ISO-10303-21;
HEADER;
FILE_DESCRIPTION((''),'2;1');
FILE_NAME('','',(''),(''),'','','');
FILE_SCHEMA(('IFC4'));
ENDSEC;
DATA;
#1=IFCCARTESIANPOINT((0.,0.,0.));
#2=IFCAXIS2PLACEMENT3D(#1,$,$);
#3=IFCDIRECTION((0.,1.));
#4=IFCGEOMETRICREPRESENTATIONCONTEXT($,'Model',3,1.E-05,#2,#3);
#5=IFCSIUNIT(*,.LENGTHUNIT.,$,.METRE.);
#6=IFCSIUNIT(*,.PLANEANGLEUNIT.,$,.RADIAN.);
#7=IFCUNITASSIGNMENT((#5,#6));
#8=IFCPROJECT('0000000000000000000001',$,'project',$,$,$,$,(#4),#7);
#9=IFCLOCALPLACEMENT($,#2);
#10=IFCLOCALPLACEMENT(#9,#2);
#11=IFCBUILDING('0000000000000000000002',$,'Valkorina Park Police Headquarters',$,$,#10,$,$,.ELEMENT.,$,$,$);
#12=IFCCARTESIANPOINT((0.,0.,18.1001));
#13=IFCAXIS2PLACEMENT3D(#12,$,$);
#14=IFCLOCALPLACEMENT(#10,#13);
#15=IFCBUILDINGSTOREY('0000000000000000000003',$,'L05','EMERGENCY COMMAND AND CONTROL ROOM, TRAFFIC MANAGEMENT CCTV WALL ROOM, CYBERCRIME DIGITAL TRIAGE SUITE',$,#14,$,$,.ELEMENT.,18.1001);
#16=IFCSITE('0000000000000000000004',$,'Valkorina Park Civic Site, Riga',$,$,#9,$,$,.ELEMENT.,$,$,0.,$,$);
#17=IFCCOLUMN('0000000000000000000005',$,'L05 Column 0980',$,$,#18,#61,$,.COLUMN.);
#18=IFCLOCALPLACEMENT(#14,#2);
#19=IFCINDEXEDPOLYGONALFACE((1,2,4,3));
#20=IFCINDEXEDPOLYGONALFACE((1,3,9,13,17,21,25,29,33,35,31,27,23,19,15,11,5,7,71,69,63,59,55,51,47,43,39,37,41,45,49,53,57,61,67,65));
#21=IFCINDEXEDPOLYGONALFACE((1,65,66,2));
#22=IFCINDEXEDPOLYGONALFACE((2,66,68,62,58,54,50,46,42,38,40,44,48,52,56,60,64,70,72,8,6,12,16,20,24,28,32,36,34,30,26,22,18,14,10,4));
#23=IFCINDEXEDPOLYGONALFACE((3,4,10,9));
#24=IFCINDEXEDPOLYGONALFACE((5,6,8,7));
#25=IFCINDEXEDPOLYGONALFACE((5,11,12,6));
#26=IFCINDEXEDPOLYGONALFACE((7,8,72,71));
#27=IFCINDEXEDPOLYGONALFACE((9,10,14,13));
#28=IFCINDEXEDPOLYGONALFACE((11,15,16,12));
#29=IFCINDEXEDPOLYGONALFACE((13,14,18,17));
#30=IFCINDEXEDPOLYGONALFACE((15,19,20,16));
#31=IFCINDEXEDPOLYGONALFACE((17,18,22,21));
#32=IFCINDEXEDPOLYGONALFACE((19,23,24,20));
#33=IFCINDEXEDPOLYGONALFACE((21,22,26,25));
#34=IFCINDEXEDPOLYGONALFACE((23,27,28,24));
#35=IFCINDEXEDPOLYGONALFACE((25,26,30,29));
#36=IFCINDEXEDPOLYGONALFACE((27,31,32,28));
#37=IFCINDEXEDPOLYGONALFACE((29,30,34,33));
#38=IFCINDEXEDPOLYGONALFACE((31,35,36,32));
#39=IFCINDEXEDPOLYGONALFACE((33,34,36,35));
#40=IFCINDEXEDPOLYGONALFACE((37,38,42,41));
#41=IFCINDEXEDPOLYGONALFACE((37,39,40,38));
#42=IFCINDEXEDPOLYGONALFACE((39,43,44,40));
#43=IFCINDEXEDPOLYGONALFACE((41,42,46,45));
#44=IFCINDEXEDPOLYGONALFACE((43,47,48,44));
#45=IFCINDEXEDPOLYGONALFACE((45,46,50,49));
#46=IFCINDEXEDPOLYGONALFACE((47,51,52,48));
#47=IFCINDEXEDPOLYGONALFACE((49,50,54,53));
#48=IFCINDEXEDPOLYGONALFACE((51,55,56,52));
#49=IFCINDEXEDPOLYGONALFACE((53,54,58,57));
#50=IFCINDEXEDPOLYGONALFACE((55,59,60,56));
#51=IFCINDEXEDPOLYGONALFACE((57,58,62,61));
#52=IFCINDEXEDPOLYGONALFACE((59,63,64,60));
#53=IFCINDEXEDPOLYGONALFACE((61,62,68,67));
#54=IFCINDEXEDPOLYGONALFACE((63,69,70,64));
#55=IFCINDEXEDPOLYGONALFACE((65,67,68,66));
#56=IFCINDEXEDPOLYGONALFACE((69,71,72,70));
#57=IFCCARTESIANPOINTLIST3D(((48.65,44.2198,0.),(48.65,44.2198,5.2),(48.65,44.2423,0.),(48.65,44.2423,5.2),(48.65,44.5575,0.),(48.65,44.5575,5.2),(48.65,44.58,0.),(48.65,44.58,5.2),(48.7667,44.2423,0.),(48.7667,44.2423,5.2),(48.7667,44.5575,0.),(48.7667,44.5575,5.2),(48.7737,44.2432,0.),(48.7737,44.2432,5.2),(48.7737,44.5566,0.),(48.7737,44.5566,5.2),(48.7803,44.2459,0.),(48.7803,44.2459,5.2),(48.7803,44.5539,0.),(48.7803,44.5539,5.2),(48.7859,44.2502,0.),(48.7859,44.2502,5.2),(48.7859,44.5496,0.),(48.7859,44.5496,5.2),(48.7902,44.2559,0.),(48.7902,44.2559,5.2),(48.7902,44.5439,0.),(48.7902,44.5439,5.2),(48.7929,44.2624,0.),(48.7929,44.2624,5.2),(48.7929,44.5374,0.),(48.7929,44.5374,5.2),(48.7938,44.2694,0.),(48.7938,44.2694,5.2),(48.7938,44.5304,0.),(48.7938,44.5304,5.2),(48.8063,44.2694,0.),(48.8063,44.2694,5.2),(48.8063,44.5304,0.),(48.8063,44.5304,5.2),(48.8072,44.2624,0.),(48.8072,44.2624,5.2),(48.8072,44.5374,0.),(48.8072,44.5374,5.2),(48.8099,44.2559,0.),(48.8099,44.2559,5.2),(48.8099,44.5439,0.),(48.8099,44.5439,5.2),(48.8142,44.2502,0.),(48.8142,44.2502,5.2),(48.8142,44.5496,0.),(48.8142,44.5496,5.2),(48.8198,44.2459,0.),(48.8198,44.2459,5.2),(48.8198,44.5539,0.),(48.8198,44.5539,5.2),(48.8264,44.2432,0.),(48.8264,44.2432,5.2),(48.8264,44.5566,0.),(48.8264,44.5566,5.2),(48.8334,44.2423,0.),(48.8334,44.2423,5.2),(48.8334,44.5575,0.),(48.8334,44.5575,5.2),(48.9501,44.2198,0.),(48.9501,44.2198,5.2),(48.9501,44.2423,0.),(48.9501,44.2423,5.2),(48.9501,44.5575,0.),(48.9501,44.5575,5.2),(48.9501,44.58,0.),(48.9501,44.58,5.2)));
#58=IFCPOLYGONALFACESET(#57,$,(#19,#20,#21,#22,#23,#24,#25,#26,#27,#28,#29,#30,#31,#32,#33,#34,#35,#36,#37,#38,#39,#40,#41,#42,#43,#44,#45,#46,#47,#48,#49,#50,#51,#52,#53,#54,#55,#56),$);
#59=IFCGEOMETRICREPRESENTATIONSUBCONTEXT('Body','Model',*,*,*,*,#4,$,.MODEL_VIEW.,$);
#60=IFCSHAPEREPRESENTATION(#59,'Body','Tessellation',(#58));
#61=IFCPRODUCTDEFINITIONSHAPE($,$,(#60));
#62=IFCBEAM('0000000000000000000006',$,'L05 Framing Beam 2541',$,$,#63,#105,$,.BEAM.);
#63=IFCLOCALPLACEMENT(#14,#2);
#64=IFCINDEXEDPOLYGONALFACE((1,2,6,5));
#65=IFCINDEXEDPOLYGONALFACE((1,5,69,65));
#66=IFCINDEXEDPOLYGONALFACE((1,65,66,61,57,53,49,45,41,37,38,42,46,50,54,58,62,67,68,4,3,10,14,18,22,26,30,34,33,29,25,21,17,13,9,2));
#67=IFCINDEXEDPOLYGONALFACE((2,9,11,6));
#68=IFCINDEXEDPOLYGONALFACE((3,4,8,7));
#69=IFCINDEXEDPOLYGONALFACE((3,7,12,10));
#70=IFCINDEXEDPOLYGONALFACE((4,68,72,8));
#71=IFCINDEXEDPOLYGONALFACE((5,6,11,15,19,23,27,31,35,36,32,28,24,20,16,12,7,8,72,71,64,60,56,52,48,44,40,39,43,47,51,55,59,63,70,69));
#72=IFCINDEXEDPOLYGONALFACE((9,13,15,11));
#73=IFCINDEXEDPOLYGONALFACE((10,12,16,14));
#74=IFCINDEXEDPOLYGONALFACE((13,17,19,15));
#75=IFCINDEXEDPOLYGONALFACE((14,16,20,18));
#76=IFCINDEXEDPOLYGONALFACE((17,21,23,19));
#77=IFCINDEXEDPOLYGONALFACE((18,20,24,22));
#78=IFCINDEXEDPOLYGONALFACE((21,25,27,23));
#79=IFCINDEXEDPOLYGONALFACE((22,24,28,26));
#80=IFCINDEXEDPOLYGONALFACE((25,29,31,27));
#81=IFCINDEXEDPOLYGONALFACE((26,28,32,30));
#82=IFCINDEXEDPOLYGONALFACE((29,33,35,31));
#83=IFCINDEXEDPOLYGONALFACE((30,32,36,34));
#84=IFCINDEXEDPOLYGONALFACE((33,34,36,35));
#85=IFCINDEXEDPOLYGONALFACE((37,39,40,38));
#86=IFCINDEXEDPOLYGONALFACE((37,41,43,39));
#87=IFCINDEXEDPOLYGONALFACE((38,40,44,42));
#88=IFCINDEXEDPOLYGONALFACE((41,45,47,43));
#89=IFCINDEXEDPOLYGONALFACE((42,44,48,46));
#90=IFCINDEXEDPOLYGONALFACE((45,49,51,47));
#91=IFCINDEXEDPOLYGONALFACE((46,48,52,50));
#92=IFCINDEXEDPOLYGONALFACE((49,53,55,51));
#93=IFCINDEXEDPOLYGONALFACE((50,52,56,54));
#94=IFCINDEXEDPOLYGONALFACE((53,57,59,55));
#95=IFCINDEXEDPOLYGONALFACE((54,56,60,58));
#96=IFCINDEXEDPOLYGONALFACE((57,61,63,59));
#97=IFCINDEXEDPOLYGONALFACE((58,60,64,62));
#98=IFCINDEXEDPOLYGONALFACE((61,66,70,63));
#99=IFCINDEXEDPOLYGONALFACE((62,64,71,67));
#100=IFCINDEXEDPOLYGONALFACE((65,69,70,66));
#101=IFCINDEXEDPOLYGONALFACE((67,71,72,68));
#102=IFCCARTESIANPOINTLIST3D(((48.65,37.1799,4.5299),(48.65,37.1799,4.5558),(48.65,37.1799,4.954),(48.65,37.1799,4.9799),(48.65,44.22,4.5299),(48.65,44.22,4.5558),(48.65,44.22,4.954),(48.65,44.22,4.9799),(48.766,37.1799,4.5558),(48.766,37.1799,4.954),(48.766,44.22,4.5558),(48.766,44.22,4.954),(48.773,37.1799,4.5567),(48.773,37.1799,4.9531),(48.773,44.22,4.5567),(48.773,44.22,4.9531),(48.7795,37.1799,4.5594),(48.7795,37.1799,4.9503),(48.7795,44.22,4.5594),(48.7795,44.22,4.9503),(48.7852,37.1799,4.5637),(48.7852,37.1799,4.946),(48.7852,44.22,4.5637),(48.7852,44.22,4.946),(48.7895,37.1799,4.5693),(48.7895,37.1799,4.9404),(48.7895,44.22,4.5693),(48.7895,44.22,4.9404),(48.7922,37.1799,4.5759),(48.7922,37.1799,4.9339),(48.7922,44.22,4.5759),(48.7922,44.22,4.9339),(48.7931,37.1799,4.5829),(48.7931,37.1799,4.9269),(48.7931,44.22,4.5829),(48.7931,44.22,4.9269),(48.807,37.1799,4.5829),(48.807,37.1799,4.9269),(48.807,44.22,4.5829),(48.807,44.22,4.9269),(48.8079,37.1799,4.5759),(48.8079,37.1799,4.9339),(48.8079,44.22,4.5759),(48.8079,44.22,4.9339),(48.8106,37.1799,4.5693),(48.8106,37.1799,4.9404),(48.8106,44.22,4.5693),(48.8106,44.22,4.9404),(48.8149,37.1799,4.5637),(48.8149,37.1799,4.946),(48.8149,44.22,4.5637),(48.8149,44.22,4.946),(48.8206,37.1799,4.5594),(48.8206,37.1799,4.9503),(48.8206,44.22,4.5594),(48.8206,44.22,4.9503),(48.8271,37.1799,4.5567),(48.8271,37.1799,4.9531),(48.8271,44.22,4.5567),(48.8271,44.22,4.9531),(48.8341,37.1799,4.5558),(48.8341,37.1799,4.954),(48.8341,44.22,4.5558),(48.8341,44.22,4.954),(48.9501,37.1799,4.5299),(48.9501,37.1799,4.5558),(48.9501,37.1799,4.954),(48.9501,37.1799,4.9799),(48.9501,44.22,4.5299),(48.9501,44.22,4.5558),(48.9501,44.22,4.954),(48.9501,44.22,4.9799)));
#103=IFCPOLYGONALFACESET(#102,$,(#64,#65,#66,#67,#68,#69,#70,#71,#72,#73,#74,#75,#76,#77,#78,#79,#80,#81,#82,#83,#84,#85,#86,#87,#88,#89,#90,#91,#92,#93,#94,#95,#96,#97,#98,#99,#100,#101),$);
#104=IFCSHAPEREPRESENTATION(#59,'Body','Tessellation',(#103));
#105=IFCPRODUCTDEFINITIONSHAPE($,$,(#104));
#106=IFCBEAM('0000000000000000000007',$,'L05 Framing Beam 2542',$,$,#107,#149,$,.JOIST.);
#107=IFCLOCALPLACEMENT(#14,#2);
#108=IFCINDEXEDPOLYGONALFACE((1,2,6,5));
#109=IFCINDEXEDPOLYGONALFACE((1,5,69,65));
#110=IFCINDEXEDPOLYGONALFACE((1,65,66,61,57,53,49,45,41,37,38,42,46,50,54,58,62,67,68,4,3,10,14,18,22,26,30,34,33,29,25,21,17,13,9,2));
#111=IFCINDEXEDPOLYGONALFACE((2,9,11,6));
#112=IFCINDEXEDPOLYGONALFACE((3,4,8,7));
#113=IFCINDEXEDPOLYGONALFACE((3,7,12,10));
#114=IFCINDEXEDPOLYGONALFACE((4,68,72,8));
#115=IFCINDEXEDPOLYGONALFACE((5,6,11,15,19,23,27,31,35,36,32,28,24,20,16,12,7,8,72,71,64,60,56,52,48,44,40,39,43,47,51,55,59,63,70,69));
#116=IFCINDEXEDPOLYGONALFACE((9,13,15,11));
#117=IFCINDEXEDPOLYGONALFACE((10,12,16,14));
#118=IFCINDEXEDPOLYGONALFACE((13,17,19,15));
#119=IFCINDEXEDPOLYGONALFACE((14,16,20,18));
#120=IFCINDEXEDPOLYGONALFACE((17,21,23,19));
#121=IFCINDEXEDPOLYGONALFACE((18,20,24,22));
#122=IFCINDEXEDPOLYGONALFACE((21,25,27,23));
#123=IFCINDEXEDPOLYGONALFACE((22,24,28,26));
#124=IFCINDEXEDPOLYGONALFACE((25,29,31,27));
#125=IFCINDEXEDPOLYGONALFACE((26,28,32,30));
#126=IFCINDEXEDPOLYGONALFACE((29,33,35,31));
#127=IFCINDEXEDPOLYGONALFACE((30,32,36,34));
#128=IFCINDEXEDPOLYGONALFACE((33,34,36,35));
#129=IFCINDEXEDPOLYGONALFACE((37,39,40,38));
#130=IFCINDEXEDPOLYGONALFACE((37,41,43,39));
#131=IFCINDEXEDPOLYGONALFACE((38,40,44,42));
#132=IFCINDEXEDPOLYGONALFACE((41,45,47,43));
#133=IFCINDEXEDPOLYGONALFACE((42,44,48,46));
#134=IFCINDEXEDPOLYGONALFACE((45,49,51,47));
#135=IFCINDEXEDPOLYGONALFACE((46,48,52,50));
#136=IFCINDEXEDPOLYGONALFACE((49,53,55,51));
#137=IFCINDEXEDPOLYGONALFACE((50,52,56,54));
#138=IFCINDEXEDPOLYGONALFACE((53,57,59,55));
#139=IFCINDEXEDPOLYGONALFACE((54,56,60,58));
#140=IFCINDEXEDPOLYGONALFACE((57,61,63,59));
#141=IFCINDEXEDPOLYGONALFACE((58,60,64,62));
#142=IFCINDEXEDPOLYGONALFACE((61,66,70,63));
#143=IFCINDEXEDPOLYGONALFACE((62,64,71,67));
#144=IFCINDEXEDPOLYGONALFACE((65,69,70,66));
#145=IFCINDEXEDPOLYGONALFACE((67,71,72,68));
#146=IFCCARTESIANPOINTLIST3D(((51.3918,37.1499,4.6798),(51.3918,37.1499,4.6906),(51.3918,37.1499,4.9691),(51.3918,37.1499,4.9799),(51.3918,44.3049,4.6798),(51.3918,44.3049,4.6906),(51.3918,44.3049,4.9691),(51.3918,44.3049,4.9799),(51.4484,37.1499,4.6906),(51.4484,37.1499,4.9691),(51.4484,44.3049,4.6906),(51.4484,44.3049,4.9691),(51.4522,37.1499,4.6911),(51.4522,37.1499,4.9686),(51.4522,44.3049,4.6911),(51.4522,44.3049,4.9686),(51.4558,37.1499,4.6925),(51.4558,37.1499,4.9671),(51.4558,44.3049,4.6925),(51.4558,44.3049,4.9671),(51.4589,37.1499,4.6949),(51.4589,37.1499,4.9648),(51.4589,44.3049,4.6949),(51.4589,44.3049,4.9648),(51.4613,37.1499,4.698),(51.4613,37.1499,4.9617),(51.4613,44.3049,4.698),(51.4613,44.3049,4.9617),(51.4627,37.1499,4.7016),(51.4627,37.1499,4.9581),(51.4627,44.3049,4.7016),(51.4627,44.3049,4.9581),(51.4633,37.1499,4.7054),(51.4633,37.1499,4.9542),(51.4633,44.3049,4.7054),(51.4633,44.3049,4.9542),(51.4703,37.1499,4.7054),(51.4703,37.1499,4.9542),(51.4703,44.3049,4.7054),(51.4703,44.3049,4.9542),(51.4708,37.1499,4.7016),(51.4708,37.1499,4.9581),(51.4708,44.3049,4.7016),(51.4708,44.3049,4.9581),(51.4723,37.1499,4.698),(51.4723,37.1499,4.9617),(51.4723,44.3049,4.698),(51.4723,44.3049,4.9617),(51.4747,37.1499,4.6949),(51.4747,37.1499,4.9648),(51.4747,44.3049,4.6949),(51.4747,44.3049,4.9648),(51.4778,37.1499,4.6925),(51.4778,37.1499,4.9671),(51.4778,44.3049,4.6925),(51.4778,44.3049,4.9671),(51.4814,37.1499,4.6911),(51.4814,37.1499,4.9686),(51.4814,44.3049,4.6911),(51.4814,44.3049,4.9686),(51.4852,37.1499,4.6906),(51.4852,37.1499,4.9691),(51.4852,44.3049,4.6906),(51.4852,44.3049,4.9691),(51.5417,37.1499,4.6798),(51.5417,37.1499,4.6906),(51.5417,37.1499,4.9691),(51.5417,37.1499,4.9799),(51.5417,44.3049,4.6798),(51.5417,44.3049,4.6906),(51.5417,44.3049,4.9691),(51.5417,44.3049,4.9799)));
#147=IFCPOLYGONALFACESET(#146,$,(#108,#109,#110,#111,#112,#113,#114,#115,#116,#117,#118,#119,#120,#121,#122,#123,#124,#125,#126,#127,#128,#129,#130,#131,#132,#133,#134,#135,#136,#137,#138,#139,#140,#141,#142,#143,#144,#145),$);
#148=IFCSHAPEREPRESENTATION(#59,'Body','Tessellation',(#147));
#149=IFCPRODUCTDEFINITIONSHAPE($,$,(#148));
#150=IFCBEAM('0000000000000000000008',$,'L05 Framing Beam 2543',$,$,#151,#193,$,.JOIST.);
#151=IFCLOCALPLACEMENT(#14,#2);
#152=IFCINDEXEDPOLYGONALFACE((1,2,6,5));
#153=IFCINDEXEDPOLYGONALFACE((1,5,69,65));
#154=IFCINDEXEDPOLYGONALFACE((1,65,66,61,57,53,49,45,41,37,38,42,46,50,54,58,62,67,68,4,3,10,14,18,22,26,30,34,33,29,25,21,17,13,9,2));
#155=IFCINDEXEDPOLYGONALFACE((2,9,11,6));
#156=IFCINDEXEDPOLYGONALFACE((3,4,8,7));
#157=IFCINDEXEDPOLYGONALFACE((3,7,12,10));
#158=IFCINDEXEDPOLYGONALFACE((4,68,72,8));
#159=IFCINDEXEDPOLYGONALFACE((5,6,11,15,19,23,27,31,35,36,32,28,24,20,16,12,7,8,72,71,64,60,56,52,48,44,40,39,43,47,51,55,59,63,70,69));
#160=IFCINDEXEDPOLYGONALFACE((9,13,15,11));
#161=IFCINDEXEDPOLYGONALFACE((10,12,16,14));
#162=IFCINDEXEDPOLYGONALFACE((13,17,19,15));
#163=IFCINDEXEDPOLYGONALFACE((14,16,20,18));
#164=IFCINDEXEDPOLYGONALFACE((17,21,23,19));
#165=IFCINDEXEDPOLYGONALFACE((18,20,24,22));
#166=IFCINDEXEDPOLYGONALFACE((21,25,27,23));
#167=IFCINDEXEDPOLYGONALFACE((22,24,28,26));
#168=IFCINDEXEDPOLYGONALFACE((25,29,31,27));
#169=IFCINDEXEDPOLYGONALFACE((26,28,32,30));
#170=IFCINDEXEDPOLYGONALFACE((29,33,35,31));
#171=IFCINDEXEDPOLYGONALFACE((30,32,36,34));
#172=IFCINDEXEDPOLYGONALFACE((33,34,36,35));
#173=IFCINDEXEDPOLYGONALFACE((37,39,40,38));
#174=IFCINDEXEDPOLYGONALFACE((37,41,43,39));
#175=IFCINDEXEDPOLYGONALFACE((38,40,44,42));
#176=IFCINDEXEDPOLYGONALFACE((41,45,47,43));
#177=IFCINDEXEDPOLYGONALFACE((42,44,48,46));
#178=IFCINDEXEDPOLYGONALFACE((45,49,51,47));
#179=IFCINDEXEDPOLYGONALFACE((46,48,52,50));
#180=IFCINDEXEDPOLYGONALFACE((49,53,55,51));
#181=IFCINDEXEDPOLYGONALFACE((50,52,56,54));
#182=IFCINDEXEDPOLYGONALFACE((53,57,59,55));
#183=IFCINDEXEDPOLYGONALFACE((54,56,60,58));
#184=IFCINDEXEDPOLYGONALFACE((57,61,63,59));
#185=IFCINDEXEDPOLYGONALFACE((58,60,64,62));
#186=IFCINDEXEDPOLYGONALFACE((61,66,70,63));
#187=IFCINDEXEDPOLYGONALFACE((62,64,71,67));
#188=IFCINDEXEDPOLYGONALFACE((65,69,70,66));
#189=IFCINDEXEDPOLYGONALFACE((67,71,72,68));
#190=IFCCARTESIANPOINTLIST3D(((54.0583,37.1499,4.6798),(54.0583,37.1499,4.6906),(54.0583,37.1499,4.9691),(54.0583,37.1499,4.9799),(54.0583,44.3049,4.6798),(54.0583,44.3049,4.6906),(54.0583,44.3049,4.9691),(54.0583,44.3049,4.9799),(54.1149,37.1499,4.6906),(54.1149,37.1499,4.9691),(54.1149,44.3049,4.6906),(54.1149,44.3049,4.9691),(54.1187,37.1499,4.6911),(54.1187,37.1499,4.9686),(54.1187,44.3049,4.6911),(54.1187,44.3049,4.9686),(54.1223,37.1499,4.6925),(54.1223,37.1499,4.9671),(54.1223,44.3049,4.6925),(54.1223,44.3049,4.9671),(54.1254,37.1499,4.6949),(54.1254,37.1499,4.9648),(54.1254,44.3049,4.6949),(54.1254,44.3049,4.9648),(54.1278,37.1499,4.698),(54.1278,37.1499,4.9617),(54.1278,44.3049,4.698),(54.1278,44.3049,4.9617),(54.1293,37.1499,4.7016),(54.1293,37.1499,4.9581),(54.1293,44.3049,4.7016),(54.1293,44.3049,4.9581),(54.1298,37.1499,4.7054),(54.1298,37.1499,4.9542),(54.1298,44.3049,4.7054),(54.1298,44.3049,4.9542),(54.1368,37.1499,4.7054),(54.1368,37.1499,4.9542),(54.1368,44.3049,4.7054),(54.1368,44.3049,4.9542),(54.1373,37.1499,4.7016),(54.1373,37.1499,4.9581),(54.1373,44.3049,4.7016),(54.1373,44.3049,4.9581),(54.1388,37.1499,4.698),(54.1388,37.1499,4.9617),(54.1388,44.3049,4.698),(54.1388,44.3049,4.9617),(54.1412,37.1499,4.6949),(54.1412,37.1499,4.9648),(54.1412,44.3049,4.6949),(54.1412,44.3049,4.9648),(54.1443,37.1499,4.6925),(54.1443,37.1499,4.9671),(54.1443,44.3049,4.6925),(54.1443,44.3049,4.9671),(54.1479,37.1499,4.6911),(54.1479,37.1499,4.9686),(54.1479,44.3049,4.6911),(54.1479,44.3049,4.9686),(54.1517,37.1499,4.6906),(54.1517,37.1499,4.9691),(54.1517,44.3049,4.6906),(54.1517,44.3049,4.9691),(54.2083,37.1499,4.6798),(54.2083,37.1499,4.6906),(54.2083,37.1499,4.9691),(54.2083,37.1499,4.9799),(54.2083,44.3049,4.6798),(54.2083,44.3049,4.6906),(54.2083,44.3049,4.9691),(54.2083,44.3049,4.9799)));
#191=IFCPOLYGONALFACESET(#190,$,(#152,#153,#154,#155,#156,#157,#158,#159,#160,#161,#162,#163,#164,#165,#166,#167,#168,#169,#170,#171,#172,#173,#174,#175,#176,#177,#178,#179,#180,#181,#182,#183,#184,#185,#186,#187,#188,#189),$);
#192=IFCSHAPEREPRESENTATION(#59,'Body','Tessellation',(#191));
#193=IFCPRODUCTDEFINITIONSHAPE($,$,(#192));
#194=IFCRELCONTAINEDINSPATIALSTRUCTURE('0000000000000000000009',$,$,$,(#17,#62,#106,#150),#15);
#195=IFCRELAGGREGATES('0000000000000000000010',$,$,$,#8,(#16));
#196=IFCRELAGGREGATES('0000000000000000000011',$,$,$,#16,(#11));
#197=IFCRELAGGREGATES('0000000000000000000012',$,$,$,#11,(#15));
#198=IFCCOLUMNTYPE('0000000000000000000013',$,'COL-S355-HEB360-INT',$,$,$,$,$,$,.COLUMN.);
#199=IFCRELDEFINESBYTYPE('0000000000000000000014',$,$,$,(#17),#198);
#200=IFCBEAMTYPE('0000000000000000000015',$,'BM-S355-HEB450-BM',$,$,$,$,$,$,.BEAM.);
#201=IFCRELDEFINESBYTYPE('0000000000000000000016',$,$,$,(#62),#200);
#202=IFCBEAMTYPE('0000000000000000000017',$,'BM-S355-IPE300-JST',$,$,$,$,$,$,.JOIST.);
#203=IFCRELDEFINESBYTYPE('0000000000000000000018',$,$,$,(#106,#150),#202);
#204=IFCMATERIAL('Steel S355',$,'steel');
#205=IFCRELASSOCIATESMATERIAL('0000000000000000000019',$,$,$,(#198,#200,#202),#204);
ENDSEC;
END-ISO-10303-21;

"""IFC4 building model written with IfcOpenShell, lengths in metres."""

from ifc_helpers import new_model, si_unit, direction, frame, origin, origin_2d, place, context, subcontext, project, spatial, i_section, extrude, material, material_profile, profile_set, type_object, element, save


model = new_model("IFC4")

# Units and contexts
model_context = context("Model", 3, precision=1e-05, world=origin(), true_north=direction((0.0, 1.0)))
body_context = subcontext(model_context, "Body", "Model", "MODEL_VIEW")
ifc_project = project(units=[si_unit("LENGTHUNIT", "METRE"), si_unit("PLANEANGLEUNIT", "RADIAN")], contexts=[model_context])

# Site, building, storey
site_placement = place(None, origin())
site = spatial("IfcSite", under=ifc_project, at=site_placement, Name="Valkorina Park Civic Site, Riga", CompositionType="ELEMENT", RefElevation=0.0)
building_placement = place(site_placement, origin())
building = spatial("IfcBuilding", under=site, at=building_placement, Name="Valkorina Park Police Headquarters", CompositionType="ELEMENT")
storey_placement = place(building_placement, frame((0.0, 0.0, 18.1001)))
storey = spatial("IfcBuildingStorey", under=building, at=storey_placement, Name="L05", Description="EMERGENCY COMMAND AND CONTROL ROOM, TRAFFIC MANAGEMENT CCTV WALL ROOM, CYBERCRIME DIGITAL TRIAGE SUITE", CompositionType="ELEMENT", Elevation=18.1001)

# Column
ifc_material_1 = material(Name="Steel S355", Category="steel")
ifc_material_profile_1 = material_profile(ifc_material_1, i_section(OverallWidth=0.3, OverallDepth=0.3601, WebThickness=0.0125, FlangeThickness=0.0225, FilletRadius=0.0271, at=origin_2d()), Name="HEB 360")
ifc_profile_set_1 = profile_set([ifc_material_profile_1], Name="Steel S355")
column_type = type_object("IfcColumnType", Name="COL-S355-HEB360-INT", PredefinedType="COLUMN", material=ifc_profile_set_1)
column_placement = place(storey_placement, frame((48.8, 44.3999, 0.0), z_axis=(0.0, 0.0, 1.0), x_axis=(1.0, 0.0, 0.0)))
element("IfcColumn", 1, at=column_placement, inside=storey, type_object=column_type, Name="L05 Column 0980", PredefinedType="COLUMN", context=body_context, shape_type="SweptSolid", body=[
    extrude(i_section(OverallWidth=0.3, OverallDepth=0.3601, WebThickness=0.0125, FlangeThickness=0.0225, FilletRadius=0.0271, at=origin_2d()), origin(), (0.0, 0.0, 1.0), 5.2),
])

# Beams
ifc_material_profile_2 = material_profile(ifc_material_1, i_section(OverallWidth=0.3, OverallDepth=0.45, WebThickness=0.0139, FlangeThickness=0.0259, FilletRadius=0.0271, at=origin_2d()), Name="HEB 450")
ifc_profile_set_2 = profile_set([ifc_material_profile_2], Name="Steel S355")
beam_type_1 = type_object("IfcBeamType", Name="BM-S355-HEB450-BM", PredefinedType="BEAM", material=ifc_profile_set_2)
beam_1_placement = place(storey_placement, frame((48.8, 37.1799, 4.7549), z_axis=(0.0, 1.0, 0.0), x_axis=(-1.0, 0.0, 0.0)))
element("IfcBeam", 2, at=beam_1_placement, inside=storey, type_object=beam_type_1, Name="L05 Framing Beam 2541", PredefinedType="BEAM", context=body_context, shape_type="SweptSolid", body=[
    extrude(i_section(OverallWidth=0.3, OverallDepth=0.45, WebThickness=0.0139, FlangeThickness=0.0259, FilletRadius=0.0271, at=origin_2d()), origin(), (0.0, 0.0, 1.0), 7.04),
])
ifc_material_profile_3 = material_profile(ifc_material_1, i_section(OverallWidth=0.1499, OverallDepth=0.3, WebThickness=0.0071, FlangeThickness=0.0107, FilletRadius=0.0149, at=origin_2d()), Name="IPE 300")
ifc_profile_set_3 = profile_set([ifc_material_profile_3], Name="Steel S355")
beam_type_2 = type_object("IfcBeamType", Name="BM-S355-IPE300-JST", PredefinedType="JOIST", material=ifc_profile_set_3)
for number, where, z_axis, x_axis, name in (
    (3, (51.4668, 37.1499, 4.8298), (0.0, 1.0, 0.0), (-1.0, 0.0, 0.0), "L05 Framing Beam 2542"),
    (4, (54.1333, 37.1499, 4.8298), (0.0, 1.0, 0.0), (-1.0, 0.0, 0.0), "L05 Framing Beam 2543"),
):
    element("IfcBeam", number, at=place(storey_placement, frame(where, z_axis=z_axis, x_axis=x_axis)), inside=storey, type_object=beam_type_2, Name=name, PredefinedType="JOIST", context=body_context, shape_type="SweptSolid", body=[
        extrude(i_section(OverallWidth=0.1499, OverallDepth=0.3, WebThickness=0.0071, FlangeThickness=0.0107, FilletRadius=0.0149, at=origin_2d()), origin(), (0.0, 0.0, 1.0), 7.155),
    ])

save(model, "model.ifc")
